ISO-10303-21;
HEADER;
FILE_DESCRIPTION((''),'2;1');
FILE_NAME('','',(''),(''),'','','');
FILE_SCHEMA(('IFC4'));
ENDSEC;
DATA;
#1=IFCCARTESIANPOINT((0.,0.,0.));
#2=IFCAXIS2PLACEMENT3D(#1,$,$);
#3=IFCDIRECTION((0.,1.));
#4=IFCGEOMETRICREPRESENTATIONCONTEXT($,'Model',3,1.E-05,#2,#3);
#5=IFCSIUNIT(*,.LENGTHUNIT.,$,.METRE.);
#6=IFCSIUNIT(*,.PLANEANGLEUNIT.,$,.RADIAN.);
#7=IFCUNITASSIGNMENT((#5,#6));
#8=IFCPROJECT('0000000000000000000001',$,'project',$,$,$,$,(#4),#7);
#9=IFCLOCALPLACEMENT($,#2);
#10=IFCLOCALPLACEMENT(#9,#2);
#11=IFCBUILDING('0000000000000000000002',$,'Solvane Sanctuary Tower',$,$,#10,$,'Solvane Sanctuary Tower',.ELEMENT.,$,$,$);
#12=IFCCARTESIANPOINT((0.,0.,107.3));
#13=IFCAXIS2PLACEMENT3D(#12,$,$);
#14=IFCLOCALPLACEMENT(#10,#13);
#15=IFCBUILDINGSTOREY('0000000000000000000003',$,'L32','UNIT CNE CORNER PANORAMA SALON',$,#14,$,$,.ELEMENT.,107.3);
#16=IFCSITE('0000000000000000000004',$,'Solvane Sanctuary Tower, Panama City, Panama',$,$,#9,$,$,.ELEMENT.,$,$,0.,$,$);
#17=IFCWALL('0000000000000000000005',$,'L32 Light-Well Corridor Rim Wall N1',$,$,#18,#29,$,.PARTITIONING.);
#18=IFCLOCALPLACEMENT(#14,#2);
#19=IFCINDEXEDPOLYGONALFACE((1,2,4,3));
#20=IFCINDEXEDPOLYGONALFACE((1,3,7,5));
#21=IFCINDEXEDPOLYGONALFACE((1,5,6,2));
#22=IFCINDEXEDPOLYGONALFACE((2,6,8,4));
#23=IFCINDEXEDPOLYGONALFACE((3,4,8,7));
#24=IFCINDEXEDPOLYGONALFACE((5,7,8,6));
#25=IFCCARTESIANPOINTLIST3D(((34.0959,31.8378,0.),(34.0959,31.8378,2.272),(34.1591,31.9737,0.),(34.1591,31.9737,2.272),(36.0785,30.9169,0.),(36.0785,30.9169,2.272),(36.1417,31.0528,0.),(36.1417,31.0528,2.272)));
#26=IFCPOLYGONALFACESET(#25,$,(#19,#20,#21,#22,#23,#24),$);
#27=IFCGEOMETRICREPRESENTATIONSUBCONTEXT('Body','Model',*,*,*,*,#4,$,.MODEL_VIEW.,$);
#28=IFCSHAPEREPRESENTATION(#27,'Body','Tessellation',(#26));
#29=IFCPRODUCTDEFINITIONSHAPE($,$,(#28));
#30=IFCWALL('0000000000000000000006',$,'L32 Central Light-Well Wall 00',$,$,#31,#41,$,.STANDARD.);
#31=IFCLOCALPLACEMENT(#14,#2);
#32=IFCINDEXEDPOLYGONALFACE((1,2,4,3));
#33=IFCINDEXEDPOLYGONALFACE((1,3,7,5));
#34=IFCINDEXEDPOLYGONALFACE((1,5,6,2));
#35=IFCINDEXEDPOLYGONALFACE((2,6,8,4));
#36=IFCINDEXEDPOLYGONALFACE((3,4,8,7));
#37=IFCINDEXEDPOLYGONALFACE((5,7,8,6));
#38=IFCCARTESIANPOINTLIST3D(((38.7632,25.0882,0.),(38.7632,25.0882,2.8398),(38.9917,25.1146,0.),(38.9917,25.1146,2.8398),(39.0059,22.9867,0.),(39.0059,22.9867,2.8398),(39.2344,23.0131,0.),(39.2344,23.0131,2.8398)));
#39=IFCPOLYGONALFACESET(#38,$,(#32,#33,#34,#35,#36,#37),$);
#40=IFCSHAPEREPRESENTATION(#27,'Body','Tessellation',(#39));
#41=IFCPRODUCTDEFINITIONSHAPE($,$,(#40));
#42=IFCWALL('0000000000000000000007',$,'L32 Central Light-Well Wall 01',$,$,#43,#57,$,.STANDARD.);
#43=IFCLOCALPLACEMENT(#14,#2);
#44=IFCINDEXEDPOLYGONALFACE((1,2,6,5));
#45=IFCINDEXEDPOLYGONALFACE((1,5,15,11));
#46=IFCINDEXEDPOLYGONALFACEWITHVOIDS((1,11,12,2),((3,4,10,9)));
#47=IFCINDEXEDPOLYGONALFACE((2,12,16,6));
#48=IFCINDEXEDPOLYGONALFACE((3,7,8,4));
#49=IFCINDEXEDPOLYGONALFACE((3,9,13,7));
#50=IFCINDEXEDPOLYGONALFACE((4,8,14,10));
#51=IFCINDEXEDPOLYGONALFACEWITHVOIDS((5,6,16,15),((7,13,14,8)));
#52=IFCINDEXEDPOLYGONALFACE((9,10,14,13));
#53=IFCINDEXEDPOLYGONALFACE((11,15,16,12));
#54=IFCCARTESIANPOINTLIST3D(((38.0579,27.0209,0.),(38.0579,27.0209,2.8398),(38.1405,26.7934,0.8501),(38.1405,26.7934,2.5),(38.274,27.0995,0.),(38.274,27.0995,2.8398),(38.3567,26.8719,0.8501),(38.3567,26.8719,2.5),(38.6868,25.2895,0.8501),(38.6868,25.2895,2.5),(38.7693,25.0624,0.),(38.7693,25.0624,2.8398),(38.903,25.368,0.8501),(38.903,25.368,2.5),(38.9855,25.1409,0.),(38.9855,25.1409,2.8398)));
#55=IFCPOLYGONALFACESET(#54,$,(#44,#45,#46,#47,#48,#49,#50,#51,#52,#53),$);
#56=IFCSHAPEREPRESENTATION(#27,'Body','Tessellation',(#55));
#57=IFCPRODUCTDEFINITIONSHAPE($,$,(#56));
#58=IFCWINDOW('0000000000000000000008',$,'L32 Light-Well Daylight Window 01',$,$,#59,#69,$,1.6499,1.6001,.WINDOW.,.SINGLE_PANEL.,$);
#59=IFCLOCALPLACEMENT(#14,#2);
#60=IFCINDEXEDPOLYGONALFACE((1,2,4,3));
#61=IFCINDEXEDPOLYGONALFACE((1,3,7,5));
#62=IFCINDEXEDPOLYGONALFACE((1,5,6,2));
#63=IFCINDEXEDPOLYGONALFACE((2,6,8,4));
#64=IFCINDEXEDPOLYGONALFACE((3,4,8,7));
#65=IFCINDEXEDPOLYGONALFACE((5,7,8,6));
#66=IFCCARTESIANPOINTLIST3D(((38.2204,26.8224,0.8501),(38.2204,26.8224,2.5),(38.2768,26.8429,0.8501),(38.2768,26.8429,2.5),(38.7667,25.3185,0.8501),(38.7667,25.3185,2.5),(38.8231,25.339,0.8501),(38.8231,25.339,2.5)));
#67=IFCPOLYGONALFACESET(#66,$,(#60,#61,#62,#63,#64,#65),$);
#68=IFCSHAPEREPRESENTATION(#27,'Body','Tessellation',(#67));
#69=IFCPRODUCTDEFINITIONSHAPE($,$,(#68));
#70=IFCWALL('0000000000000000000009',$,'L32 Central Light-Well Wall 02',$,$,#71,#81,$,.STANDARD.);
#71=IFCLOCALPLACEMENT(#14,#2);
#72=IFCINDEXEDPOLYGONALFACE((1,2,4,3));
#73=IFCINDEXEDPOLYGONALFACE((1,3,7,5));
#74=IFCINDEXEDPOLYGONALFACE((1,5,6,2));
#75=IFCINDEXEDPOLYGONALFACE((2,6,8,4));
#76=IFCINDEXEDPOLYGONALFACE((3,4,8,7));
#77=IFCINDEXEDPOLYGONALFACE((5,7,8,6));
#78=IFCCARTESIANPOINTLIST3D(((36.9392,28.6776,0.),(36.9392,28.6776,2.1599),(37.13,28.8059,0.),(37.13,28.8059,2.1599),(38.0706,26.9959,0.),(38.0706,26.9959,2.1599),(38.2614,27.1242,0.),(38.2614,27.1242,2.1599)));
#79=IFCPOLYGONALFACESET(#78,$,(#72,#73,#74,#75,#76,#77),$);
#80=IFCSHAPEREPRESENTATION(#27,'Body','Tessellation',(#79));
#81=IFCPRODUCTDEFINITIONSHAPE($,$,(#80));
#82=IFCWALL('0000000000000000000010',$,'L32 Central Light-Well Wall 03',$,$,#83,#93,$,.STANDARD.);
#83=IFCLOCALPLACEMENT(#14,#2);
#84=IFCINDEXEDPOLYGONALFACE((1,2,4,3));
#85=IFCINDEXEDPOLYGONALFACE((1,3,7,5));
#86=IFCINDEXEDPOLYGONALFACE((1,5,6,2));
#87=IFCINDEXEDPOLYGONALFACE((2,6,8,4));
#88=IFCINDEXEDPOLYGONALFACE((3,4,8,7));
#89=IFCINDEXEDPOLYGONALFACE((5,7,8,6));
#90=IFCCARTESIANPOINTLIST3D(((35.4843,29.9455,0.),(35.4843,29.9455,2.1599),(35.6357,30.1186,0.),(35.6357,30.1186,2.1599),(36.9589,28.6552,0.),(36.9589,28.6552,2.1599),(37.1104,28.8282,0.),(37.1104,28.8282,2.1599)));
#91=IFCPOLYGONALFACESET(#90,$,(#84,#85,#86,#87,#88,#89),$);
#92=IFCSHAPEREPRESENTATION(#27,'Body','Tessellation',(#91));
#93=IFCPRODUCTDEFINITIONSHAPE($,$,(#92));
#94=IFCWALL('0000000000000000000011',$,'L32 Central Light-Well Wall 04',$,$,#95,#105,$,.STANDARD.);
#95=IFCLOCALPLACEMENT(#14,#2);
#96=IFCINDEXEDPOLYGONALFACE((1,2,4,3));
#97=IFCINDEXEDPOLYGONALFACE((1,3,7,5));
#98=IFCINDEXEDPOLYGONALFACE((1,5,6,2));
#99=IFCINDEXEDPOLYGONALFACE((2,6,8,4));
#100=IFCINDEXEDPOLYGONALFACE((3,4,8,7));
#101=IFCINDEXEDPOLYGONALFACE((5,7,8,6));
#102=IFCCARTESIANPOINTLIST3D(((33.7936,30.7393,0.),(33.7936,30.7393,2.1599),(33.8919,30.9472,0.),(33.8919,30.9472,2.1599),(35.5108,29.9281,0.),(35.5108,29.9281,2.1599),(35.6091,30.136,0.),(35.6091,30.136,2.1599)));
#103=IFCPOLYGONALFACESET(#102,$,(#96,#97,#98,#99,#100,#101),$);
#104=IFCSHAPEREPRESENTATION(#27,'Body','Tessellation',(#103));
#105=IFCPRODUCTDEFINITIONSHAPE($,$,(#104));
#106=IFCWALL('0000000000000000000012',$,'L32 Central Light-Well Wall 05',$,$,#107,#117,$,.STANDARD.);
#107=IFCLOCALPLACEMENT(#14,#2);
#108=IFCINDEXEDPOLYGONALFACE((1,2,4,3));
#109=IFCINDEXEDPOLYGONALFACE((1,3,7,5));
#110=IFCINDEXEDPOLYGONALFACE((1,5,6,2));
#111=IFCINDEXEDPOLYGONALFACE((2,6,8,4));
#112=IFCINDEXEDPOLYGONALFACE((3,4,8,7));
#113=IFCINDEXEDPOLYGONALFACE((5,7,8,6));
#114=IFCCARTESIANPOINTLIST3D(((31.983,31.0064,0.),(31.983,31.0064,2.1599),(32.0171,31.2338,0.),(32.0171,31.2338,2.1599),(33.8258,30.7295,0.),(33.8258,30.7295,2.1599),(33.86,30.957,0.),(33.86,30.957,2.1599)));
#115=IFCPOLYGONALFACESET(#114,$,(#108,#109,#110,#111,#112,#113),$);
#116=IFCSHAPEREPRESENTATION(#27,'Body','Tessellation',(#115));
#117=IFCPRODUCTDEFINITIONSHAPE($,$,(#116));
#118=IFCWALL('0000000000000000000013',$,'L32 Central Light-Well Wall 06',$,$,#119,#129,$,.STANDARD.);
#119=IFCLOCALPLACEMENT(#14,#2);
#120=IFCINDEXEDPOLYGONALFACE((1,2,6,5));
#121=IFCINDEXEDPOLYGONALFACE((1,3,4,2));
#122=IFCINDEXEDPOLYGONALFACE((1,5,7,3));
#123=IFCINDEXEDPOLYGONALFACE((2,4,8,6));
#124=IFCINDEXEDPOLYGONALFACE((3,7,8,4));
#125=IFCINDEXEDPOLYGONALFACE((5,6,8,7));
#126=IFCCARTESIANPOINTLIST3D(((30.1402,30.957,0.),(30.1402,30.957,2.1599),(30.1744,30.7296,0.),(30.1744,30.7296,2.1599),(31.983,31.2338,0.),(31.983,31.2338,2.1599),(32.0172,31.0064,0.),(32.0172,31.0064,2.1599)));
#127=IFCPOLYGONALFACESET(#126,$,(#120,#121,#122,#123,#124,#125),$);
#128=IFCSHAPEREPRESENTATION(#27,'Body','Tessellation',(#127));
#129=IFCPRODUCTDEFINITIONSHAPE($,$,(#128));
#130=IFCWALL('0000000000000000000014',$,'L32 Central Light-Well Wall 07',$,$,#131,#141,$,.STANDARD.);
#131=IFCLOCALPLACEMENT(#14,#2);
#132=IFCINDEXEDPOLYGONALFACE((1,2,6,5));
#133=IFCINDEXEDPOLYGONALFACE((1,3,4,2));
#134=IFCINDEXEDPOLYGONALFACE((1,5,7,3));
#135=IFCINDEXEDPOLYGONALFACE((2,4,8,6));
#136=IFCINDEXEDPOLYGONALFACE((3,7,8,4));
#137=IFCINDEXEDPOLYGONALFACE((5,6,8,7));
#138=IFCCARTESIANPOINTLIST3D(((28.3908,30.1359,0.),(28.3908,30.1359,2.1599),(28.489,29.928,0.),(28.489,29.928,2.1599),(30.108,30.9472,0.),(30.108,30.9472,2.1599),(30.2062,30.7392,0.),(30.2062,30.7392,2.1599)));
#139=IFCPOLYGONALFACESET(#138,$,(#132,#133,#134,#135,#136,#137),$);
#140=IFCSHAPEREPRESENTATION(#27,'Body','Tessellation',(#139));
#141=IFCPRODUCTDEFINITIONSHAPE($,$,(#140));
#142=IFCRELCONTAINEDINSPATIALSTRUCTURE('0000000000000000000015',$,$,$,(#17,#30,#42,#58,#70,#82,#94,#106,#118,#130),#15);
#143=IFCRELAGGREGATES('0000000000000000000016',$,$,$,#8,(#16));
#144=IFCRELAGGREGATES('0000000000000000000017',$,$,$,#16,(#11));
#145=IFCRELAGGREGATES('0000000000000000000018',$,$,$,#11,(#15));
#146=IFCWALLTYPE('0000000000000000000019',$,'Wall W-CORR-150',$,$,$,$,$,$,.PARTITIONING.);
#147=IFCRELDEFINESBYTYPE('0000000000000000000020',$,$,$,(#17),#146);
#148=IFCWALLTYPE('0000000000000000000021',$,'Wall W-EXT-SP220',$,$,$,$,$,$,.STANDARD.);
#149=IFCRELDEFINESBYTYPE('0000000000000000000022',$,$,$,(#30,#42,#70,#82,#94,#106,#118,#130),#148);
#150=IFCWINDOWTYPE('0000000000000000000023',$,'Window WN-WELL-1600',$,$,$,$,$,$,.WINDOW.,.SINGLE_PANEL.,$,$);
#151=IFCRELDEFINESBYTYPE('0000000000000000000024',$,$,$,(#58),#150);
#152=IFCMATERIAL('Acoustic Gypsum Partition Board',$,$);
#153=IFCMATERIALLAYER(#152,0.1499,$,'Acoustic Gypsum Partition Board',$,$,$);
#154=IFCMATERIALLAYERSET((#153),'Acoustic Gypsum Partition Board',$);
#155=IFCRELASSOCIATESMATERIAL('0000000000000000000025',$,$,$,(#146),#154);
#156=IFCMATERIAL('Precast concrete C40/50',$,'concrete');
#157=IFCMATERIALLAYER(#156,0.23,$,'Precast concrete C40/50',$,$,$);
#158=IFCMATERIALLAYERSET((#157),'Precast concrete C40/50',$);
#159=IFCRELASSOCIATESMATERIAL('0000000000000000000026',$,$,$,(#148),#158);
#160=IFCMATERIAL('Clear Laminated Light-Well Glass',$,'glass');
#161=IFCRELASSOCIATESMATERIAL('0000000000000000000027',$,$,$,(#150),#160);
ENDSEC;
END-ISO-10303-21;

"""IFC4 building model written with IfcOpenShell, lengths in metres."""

from ifc_helpers import new_model, si_unit, direction, frame, frame_2d, origin, place, context, subcontext, project, spatial, rectangle, extrude, material, layer, layer_set, type_object, element, fill, save


model = new_model("IFC4")

# Units and contexts
model_context = context("Model", 3, precision=1e-05, world=origin(), true_north=direction((0.0, 1.0)))
body_context = subcontext(model_context, "Body", "Model", "MODEL_VIEW")
ifc_project = project(units=[si_unit("LENGTHUNIT", "METRE"), si_unit("PLANEANGLEUNIT", "RADIAN")], contexts=[model_context])

# Site, building, storey
site_placement = place(None, origin())
site = spatial("IfcSite", under=ifc_project, at=site_placement, Name="Solvane Sanctuary Tower, Panama City, Panama", CompositionType="ELEMENT", RefElevation=0.0)
building_placement = place(site_placement, origin())
building = spatial("IfcBuilding", under=site, at=building_placement, Name="Solvane Sanctuary Tower", LongName="Solvane Sanctuary Tower", CompositionType="ELEMENT")
storey_placement = place(building_placement, frame((0.0, 0.0, 107.3)))
storey = spatial("IfcBuildingStorey", under=building, at=storey_placement, Name="L32", Description="UNIT CNE CORNER PANORAMA SALON", CompositionType="ELEMENT", Elevation=107.3)

# Shared definitions
ifc_material_1 = material(Name="Acoustic Gypsum Partition Board")
ifc_layer_1 = layer(ifc_material_1, 0.1499, Name="Acoustic Gypsum Partition Board")
ifc_layer_set_1 = layer_set([ifc_layer_1], Name="Acoustic Gypsum Partition Board")
wall_type_1 = type_object("IfcWallType", Name="Wall W-CORR-150", PredefinedType="PARTITIONING", material=ifc_layer_set_1)

# Walls
wall_1_placement = place(storey_placement, frame((36.1101, 30.9849, 0.0), z_axis=(0.0, 0.0, 1.0), x_axis=(-0.906943, 0.421252, 0.0)))
element("IfcWall", 1, at=wall_1_placement, inside=storey, type_object=wall_type_1, Name="L32 Light-Well Corridor Rim Wall N1", PredefinedType="PARTITIONING", context=body_context, shape_type="SweptSolid", body=[
    extrude(rectangle(XDim=2.186, YDim=0.1499, at=frame_2d((1.093, 0.0))), origin(), (0.0, 0.0, 1.0), 2.272),
])
ifc_material_2 = material(Name="Precast concrete C40/50", Category="concrete")
ifc_layer_2 = layer(ifc_material_2, 0.23, Name="Precast concrete C40/50")
ifc_layer_set_2 = layer_set([ifc_layer_2], Name="Precast concrete C40/50")
wall_type_2 = type_object("IfcWallType", Name="Wall W-EXT-SP220", PredefinedType="STANDARD", material=ifc_layer_set_2)
wall_2_placement = place(storey_placement, frame((39.1201, 23.0, 0.0), z_axis=(0.0, 0.0, 1.0), x_axis=(-0.114712, 0.993399, 0.0)))
element("IfcWall", 2, at=wall_2_placement, inside=storey, type_object=wall_type_2, Name="L32 Central Light-Well Wall 00", PredefinedType="STANDARD", context=body_context, shape_type="SweptSolid", body=[
    extrude(rectangle(XDim=2.1155, YDim=0.23, at=frame_2d((1.0576, 0.0))), origin(), (0.0, 0.0, 1.0), 2.8398),
])

# Wall, opening, window
wall_3_placement = place(storey_placement, frame((38.8774, 25.1016, 0.0), z_axis=(0.0, 0.0, 1.0), x_axis=(-0.341423, 0.93991, 0.0)))
wall_3 = element("IfcWall", 3, at=wall_3_placement, inside=storey, type_object=wall_type_2, Name="L32 Central Light-Well Wall 01", PredefinedType="STANDARD", context=body_context, shape_type="SweptSolid", body=[
    extrude(rectangle(XDim=2.0837, YDim=0.23, at=frame_2d((1.042, 0.0))), origin(), (0.0, 0.0, 1.0), 2.8398),
])
opening_1_placement = place(wall_3_placement, frame((0.2417, 0.0, 0.8501)))
opening_1 = element("IfcOpeningElement", 4, at=opening_1_placement, cuts=wall_3, PredefinedType="OPENING", context=body_context, shape_type="SweptSolid", body=[
    extrude(rectangle(XDim=1.6001, YDim=1.6499, at=frame_2d((0.8, 0.825))), frame((0.0, 0.125, 0.0), z_axis=(0.0, -1.0, 0.0), x_axis=(1.0, 0.0, 0.0)), (0.0, 0.0, 1.0), 0.25),
])
ifc_material_3 = material(Name="Clear Laminated Light-Well Glass", Category="glass")
window_type = type_object("IfcWindowType", Name="Window WN-WELL-1600", PartitioningType="SINGLE_PANEL", PredefinedType="WINDOW", material=ifc_material_3)
window_placement = place(opening_1_placement, origin())
window = element("IfcWindow", 5, at=window_placement, inside=storey, type_object=window_type, Name="L32 Light-Well Daylight Window 01", OverallHeight=1.6499, OverallWidth=1.6001, PartitioningType="SINGLE_PANEL", PredefinedType="WINDOW", context=body_context, shape_type="SweptSolid", body=[
    extrude(rectangle(XDim=1.6001, YDim=1.6499, at=frame_2d((0.8, 0.825))), frame((0.0, 0.03, 0.0), z_axis=(0.0, -1.0, 0.0), x_axis=(1.0, 0.0, 0.0)), (0.0, 0.0, 1.0), 0.0601),
])
fill(opening_1, window)

# Walls
wall_4_placement = place(storey_placement, frame((38.166, 27.0601, 0.0), z_axis=(0.0, 0.0, 1.0), x_axis=(-0.558198, 0.829708, 0.0)))
element("IfcWall", 6, at=wall_4_placement, inside=storey, type_object=wall_type_2, Name="L32 Central Light-Well Wall 02", PredefinedType="STANDARD", context=body_context, shape_type="SweptSolid", body=[
    extrude(rectangle(XDim=2.0269, YDim=0.23, at=frame_2d((1.0134, 0.0))), origin(), (0.0, 0.0, 1.0), 2.1599),
])
wall_5_placement = place(storey_placement, frame((37.0347, 28.7417, 0.0), z_axis=(0.0, 0.0, 1.0), x_axis=(-0.752577, 0.658505, 0.0)))
element("IfcWall", 7, at=wall_5_placement, inside=storey, type_object=wall_type_2, Name="L32 Central Light-Well Wall 03", PredefinedType="STANDARD", context=body_context, shape_type="SweptSolid", body=[
    extrude(rectangle(XDim=1.9595, YDim=0.23, at=frame_2d((0.9797, 0.0))), origin(), (0.0, 0.0, 1.0), 2.1599),
])
wall_6_placement = place(storey_placement, frame((35.5601, 30.032, 0.0), z_axis=(0.0, 0.0, 1.0), x_axis=(-0.90418, 0.427152, 0.0)))
element("IfcWall", 8, at=wall_6_placement, inside=storey, type_object=wall_type_2, Name="L32 Central Light-Well Wall 04", PredefinedType="STANDARD", context=body_context, shape_type="SweptSolid", body=[
    extrude(rectangle(XDim=1.8992, YDim=0.23, at=frame_2d((0.9497, 0.0))), origin(), (0.0, 0.0, 1.0), 2.1599),
])
for number, where, z_axis, x_axis, name in (
    (9, (33.8428, 30.8433, 0.0), (0.0, 0.0, 1.0), (-0.988902, 0.148571, 0.0), "L32 Central Light-Well Wall 05"),
    (10, (32.0, 31.1201, 0.0), (0.0, 0.0, 1.0), (-0.988902, -0.148571, 0.0), "L32 Central Light-Well Wall 06"),
):
    element("IfcWall", number, at=place(storey_placement, frame(where, z_axis=z_axis, x_axis=x_axis)), inside=storey, type_object=wall_type_2, Name=name, PredefinedType="STANDARD", context=body_context, shape_type="SweptSolid", body=[
        extrude(rectangle(XDim=1.8635, YDim=0.23, at=frame_2d((0.9316, 0.0))), origin(), (0.0, 0.0, 1.0), 2.1599),
    ])
wall_7_placement = place(storey_placement, frame((30.1572, 30.8433, 0.0), z_axis=(0.0, 0.0, 1.0), x_axis=(-0.90418, -0.427152, 0.0)))
element("IfcWall", 11, at=wall_7_placement, inside=storey, type_object=wall_type_2, Name="L32 Central Light-Well Wall 07", PredefinedType="STANDARD", context=body_context, shape_type="SweptSolid", body=[
    extrude(rectangle(XDim=1.8992, YDim=0.23, at=frame_2d((0.9497, 0.0))), origin(), (0.0, 0.0, 1.0), 2.1599),
])

save(model, "model.ifc")
